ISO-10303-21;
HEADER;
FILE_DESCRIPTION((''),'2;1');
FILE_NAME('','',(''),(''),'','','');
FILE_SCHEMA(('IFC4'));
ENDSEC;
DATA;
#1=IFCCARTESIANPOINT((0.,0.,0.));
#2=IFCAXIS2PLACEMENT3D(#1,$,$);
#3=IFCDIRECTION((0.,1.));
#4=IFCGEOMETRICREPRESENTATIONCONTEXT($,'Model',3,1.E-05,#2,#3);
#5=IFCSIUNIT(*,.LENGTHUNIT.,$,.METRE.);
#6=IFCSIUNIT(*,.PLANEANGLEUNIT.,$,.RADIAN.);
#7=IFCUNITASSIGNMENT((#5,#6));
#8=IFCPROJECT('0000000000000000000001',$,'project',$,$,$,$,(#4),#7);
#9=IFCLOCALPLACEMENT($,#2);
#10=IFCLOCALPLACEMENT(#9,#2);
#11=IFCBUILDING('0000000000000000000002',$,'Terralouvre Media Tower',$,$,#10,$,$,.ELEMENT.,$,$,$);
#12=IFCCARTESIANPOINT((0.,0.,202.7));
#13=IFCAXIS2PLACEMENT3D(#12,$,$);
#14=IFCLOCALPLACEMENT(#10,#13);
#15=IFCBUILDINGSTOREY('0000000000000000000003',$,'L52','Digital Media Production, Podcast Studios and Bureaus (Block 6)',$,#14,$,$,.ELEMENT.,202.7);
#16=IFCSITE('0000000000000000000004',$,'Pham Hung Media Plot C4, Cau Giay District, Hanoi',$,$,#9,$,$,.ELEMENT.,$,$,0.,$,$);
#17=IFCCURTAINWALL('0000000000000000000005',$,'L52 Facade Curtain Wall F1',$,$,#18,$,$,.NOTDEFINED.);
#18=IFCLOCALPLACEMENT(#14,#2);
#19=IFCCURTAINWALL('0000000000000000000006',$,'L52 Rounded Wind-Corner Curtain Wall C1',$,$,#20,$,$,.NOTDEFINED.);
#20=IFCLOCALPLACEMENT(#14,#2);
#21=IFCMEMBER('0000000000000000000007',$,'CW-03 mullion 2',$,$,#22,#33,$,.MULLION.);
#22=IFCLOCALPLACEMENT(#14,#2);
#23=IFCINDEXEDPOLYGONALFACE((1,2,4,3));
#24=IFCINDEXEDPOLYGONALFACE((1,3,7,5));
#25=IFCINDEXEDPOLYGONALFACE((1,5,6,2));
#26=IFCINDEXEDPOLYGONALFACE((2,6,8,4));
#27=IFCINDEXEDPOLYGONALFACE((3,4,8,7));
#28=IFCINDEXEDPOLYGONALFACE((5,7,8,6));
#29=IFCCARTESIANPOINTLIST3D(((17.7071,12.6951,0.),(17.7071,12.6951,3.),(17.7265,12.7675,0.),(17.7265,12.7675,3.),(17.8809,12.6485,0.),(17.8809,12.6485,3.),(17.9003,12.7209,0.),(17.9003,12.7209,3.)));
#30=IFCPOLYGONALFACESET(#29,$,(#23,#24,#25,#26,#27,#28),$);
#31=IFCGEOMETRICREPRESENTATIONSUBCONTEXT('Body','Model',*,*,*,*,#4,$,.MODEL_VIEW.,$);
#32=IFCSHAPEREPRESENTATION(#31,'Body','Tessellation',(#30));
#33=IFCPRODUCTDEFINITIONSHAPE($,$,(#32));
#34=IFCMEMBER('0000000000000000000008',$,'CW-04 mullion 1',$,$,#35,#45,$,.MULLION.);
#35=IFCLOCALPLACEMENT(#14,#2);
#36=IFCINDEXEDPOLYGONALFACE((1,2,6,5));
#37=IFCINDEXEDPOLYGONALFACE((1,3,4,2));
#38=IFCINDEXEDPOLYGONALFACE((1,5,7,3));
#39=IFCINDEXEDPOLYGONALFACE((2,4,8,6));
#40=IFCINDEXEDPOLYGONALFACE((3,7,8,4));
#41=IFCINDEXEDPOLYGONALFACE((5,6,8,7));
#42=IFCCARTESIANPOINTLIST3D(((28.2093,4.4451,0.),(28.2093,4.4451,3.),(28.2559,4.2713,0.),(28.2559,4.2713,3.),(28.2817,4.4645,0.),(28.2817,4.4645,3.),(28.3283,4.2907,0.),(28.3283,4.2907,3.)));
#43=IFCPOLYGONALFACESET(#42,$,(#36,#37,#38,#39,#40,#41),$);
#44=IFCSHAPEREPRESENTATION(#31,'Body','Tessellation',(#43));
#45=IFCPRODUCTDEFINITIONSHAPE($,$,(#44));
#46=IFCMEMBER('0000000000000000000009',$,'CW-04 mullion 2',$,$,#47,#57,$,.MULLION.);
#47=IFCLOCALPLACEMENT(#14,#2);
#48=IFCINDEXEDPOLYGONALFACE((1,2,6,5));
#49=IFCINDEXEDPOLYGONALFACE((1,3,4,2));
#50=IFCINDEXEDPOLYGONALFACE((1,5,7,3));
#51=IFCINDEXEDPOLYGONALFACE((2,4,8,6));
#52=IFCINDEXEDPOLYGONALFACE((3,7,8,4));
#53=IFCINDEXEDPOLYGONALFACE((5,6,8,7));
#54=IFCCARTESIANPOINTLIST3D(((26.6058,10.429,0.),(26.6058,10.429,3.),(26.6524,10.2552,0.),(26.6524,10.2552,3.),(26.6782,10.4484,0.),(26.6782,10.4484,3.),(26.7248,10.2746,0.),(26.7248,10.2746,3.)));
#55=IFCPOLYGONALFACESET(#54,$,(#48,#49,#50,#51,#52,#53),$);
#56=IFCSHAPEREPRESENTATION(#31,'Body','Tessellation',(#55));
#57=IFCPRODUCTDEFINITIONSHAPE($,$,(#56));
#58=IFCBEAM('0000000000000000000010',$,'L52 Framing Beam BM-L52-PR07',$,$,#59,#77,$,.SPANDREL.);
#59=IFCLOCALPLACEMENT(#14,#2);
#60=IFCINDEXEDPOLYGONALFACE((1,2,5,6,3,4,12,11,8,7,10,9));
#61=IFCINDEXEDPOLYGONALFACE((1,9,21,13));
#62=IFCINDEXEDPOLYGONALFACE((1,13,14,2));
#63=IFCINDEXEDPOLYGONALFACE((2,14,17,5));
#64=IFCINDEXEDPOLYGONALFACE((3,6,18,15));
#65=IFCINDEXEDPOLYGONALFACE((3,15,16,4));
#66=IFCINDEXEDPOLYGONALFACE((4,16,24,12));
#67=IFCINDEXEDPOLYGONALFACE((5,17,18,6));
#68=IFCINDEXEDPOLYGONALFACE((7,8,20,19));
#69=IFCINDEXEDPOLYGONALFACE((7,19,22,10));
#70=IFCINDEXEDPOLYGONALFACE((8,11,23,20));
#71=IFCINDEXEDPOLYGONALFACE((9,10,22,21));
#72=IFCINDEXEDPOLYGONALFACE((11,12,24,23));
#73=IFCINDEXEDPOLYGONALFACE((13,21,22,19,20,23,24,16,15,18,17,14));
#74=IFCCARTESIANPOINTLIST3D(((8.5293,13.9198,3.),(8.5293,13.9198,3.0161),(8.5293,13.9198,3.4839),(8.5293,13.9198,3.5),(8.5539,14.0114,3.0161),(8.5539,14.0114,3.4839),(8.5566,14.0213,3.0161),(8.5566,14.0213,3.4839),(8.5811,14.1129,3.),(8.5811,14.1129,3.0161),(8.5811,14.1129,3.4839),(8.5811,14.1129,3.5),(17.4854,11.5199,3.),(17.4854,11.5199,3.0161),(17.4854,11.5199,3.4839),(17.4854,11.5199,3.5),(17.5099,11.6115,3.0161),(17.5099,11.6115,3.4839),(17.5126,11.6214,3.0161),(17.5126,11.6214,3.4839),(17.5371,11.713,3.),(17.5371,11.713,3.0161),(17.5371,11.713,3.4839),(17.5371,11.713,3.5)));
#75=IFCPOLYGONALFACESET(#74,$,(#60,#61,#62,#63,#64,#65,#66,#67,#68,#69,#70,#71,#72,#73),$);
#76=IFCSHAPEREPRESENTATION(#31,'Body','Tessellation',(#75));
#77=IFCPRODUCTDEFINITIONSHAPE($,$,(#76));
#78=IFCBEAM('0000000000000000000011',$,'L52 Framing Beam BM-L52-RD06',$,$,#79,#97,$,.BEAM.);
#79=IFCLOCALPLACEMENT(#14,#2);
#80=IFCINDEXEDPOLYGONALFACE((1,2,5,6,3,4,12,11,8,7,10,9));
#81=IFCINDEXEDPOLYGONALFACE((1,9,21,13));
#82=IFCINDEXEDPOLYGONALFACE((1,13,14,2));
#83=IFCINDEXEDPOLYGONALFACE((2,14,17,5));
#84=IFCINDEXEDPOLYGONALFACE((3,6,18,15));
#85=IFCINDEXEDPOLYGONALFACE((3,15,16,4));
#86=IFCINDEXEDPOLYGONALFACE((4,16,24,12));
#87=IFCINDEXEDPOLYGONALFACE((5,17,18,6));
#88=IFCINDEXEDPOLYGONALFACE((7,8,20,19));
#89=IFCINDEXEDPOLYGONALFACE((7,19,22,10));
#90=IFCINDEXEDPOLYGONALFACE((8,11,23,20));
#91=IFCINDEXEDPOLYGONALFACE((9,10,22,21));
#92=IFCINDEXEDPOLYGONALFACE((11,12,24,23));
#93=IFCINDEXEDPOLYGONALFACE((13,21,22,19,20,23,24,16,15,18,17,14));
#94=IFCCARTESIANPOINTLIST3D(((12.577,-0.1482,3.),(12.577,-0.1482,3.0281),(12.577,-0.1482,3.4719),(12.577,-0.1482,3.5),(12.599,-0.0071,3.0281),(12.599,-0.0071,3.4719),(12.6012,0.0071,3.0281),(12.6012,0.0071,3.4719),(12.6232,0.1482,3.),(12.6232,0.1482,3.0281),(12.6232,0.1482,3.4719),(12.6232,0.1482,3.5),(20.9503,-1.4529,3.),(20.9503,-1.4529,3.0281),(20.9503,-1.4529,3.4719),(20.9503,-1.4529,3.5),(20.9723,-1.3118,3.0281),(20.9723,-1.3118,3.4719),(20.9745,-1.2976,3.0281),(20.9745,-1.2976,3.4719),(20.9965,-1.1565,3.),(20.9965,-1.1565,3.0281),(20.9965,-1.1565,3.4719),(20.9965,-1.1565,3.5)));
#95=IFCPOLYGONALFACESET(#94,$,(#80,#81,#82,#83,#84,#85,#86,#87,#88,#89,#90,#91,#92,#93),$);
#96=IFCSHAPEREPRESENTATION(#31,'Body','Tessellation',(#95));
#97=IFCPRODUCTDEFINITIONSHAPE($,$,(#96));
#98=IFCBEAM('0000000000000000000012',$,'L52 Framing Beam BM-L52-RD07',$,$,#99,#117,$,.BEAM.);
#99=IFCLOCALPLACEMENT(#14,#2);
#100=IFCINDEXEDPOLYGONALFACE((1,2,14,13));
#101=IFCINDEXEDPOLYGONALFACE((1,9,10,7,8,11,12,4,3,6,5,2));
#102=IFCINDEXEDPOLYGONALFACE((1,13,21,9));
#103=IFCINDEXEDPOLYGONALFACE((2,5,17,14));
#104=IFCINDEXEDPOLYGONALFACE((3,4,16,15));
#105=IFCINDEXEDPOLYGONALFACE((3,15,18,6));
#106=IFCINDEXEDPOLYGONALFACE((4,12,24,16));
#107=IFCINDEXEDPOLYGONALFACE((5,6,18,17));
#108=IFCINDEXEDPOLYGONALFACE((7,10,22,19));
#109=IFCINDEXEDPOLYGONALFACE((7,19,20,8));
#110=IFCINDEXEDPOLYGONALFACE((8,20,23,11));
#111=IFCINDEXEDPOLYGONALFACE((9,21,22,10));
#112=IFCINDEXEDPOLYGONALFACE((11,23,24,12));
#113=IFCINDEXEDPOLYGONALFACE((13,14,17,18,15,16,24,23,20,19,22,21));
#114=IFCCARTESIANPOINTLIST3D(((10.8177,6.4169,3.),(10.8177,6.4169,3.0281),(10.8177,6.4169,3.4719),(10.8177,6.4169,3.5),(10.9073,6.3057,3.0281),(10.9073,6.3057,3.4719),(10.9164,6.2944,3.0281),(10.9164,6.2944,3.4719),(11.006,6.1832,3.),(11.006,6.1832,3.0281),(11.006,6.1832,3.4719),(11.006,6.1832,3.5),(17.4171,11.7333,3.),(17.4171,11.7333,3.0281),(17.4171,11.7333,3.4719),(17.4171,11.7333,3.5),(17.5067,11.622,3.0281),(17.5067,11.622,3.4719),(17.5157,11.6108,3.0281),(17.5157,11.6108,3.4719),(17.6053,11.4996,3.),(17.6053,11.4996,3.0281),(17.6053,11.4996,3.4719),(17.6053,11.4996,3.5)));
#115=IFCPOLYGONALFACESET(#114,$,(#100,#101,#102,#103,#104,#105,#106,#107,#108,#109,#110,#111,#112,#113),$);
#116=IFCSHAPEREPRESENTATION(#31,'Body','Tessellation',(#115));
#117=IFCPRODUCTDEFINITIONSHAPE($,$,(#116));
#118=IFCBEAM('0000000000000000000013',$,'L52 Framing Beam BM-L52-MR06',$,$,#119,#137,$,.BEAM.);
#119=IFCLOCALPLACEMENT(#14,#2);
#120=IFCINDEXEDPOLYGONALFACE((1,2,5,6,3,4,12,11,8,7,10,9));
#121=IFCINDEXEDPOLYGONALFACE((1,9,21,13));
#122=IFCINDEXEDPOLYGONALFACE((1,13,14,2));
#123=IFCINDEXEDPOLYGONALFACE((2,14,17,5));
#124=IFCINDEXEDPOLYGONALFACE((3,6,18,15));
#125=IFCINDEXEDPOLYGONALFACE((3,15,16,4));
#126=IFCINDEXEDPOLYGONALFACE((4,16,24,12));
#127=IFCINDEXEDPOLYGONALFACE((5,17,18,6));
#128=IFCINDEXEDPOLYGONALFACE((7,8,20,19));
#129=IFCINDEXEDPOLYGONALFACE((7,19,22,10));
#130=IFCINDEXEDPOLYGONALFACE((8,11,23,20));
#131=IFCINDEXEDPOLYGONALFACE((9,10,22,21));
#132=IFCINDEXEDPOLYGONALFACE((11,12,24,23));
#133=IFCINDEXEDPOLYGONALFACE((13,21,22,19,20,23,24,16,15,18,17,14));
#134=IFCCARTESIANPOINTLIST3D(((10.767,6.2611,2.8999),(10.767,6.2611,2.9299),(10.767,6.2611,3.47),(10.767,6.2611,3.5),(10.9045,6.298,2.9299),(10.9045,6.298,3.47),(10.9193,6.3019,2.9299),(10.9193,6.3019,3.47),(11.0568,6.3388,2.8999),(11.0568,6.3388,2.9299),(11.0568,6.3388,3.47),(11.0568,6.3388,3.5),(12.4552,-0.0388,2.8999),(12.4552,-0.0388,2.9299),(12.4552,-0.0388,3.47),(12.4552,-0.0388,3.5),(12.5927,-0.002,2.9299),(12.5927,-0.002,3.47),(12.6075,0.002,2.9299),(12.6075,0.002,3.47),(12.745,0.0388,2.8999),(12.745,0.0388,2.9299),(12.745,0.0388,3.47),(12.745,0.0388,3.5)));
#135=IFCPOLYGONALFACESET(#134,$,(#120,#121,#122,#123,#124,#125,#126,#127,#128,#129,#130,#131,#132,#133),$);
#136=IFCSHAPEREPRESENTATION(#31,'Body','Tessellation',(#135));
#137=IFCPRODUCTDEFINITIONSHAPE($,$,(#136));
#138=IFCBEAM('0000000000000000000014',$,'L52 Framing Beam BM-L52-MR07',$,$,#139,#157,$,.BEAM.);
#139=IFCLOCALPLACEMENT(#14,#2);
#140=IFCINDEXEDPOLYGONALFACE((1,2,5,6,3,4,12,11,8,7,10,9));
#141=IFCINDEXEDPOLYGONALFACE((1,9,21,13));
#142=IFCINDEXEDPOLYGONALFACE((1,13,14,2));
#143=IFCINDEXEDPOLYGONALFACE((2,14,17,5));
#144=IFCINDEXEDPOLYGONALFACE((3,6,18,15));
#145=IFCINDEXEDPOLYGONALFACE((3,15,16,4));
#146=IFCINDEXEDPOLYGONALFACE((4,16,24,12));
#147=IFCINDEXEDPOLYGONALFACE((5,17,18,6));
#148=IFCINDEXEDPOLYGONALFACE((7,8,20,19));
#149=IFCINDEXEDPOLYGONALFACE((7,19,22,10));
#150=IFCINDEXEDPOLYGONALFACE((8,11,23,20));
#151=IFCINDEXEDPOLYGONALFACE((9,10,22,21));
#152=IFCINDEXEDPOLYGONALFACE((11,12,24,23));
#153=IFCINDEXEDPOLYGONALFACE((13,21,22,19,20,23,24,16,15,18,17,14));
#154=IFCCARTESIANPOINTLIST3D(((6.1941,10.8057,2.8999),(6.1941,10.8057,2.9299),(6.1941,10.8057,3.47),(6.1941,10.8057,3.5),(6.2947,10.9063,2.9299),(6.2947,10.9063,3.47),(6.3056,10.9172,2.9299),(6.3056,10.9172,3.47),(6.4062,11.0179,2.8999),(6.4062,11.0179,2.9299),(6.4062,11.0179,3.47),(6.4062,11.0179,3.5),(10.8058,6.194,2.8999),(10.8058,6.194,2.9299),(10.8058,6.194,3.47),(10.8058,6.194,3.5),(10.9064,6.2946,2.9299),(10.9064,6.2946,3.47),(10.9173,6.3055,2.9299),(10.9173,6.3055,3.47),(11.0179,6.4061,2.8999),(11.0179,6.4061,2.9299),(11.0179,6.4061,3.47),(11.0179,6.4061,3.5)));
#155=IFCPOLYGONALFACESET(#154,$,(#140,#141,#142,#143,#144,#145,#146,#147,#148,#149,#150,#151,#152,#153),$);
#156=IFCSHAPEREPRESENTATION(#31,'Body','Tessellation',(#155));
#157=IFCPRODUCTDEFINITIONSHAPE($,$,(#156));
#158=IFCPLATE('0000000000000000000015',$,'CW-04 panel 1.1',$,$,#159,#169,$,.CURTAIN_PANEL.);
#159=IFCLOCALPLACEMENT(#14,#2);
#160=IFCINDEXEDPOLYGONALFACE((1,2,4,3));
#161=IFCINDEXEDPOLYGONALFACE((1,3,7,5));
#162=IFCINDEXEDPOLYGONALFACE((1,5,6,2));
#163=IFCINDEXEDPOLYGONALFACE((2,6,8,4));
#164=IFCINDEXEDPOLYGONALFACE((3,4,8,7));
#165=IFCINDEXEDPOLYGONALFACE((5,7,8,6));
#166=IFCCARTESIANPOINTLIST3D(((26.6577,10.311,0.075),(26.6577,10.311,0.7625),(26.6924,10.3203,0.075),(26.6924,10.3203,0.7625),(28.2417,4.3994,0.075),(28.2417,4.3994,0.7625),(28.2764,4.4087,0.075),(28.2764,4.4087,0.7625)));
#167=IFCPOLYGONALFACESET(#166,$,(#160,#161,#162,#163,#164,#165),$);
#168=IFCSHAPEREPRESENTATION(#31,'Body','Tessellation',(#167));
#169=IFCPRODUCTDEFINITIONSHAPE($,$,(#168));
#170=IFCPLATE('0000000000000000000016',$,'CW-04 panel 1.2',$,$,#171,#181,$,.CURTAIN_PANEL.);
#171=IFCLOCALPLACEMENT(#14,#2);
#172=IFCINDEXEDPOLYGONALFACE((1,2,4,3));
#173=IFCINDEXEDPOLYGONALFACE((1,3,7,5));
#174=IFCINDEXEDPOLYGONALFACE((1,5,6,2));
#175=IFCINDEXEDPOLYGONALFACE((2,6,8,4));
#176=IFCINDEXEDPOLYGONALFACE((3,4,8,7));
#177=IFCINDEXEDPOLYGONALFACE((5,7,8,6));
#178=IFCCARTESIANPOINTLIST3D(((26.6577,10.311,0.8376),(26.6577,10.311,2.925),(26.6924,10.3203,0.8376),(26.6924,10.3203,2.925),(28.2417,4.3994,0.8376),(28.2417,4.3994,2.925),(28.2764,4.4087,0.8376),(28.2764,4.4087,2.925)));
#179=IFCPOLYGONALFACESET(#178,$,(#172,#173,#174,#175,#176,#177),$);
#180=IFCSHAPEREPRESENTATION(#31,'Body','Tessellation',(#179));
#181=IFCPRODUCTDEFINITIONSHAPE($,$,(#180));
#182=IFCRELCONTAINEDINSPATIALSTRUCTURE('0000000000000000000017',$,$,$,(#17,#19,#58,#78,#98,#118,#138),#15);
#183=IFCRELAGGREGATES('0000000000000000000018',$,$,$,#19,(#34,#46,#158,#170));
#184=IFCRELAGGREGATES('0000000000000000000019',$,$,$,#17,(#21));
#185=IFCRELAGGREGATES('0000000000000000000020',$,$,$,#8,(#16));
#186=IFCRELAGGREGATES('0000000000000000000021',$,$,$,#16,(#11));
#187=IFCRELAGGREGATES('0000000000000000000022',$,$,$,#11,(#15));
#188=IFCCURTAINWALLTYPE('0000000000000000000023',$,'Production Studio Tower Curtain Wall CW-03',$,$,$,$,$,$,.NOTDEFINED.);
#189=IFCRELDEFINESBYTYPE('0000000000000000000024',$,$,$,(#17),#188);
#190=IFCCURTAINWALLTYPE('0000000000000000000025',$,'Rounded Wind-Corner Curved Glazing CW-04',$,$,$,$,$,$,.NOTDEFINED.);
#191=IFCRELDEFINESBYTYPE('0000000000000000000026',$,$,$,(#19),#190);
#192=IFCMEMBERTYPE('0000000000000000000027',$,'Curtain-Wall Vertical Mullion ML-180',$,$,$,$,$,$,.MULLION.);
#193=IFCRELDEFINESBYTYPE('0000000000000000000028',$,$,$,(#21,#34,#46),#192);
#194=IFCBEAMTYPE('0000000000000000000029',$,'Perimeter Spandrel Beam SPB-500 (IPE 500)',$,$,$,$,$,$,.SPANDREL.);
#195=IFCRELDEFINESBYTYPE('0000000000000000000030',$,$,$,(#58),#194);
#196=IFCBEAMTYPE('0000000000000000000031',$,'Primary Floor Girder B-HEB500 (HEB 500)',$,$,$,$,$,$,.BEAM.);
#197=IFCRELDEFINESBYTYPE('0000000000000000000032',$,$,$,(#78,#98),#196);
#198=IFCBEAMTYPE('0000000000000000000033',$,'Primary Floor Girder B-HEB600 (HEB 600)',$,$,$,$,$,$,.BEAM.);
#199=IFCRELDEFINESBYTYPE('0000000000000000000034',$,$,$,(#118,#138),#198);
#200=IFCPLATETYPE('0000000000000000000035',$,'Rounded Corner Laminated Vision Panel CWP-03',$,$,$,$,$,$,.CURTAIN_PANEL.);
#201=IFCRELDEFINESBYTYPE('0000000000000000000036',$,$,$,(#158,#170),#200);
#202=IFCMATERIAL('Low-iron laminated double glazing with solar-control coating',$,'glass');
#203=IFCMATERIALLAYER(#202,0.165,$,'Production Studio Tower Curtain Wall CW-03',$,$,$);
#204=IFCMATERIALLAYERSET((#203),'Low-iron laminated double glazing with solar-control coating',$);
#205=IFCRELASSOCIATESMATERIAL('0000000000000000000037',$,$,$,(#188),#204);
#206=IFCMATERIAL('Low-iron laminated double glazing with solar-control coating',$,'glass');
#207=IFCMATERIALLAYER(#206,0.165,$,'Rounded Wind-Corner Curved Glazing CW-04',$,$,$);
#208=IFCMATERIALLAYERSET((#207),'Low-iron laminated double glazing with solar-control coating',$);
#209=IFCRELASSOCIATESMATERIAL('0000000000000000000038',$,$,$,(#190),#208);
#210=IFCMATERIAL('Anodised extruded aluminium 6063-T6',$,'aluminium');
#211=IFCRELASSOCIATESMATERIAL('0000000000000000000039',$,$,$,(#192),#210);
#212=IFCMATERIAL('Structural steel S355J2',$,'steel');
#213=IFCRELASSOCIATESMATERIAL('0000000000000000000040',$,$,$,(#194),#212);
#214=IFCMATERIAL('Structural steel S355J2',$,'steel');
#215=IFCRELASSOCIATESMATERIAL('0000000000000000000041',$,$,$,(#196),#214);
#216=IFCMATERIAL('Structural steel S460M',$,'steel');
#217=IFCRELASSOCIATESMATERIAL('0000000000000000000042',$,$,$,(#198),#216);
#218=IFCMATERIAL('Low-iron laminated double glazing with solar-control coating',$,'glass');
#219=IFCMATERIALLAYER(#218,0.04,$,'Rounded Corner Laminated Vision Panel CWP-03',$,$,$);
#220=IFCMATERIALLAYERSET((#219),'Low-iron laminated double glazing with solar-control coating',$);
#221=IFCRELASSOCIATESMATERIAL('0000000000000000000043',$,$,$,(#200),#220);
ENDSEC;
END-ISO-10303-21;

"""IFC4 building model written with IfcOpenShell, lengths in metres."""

from ifc_helpers import new_model, si_unit, direction, frame, origin, origin_2d, place, context, subcontext, project, spatial, rectangle, i_section, extrude, material, layer, layer_set, material_profile, profile_set, type_object, element, aggregate, save


model = new_model("IFC4")

# Units and contexts
model_context = context("Model", 3, precision=1e-05, world=origin(), true_north=direction((0.0, 1.0)))
body_context = subcontext(model_context, "Body", "Model", "MODEL_VIEW")
ifc_project = project(units=[si_unit("LENGTHUNIT", "METRE"), si_unit("PLANEANGLEUNIT", "RADIAN")], contexts=[model_context])

# Site, building, storey
site_placement = place(None, origin())
site = spatial("IfcSite", under=ifc_project, at=site_placement, Name="Pham Hung Media Plot C4, Cau Giay District, Hanoi", CompositionType="ELEMENT", RefElevation=0.0)
building_placement = place(site_placement, origin())
building = spatial("IfcBuilding", under=site, at=building_placement, Name="Terralouvre Media Tower", CompositionType="ELEMENT")
storey_placement = place(building_placement, frame((0.0, 0.0, 202.7)))
storey = spatial("IfcBuildingStorey", under=building, at=storey_placement, Name="L52", Description="Digital Media Production, Podcast Studios and Bureaus (Block 6)", CompositionType="ELEMENT", Elevation=202.7)

# Curtain walls
ifc_material_1 = material(Name="Low-iron laminated double glazing with solar-control coating", Category="glass")
ifc_layer_1 = layer(ifc_material_1, 0.165, Name="Production Studio Tower Curtain Wall CW-03")
ifc_layer_set_1 = layer_set([ifc_layer_1], Name="Low-iron laminated double glazing with solar-control coating")
curtain_wall_type_1 = type_object("IfcCurtainWallType", Name="Production Studio Tower Curtain Wall CW-03", PredefinedType="NOTDEFINED", material=ifc_layer_set_1)
curtain_wall_1_placement = place(storey_placement, origin())
curtain_wall_1 = element("IfcCurtainWall", 1, at=curtain_wall_1_placement, inside=storey, type_object=curtain_wall_type_1, Name="L52 Facade Curtain Wall F1", PredefinedType="NOTDEFINED")
ifc_material_2 = material(Name="Low-iron laminated double glazing with solar-control coating", Category="glass")
ifc_layer_2 = layer(ifc_material_2, 0.165, Name="Rounded Wind-Corner Curved Glazing CW-04")
ifc_layer_set_2 = layer_set([ifc_layer_2], Name="Low-iron laminated double glazing with solar-control coating")
curtain_wall_type_2 = type_object("IfcCurtainWallType", Name="Rounded Wind-Corner Curved Glazing CW-04", PredefinedType="NOTDEFINED", material=ifc_layer_set_2)
curtain_wall_2_placement = place(storey_placement, origin())
curtain_wall_2 = element("IfcCurtainWall", 2, at=curtain_wall_2_placement, inside=storey, type_object=curtain_wall_type_2, Name="L52 Rounded Wind-Corner Curtain Wall C1", PredefinedType="NOTDEFINED")

# Shared definitions
ifc_material_3 = material(Name="Anodised extruded aluminium 6063-T6", Category="aluminium")
ifc_material_profile_1 = material_profile(ifc_material_3, rectangle(XDim=0.075, YDim=0.1799, at=origin_2d()), Name="ALU 75x180")
ifc_profile_set_1 = profile_set([ifc_material_profile_1], Name="Anodised extruded aluminium 6063-T6")
member_type_1 = type_object("IfcMemberType", Name="Curtain-Wall Vertical Mullion ML-180", PredefinedType="MULLION", material=ifc_profile_set_1)

# Members
member_1_placement = place(storey_placement, frame((17.8037, 12.708, 0.0), z_axis=(0.0, 0.0, 1.0), x_axis=(-0.258819, -0.965926, 0.0)))
member_1 = element("IfcMember", 3, at=member_1_placement, type_object=member_type_1, Name="CW-03 mullion 2", PredefinedType="MULLION", context=body_context, shape_type="SweptSolid", body=[
    extrude(rectangle(XDim=0.075, YDim=0.1799, at=origin_2d()), origin(), (0.0, 0.0, 1.0), 3.0),
])
member_2_placement = place(storey_placement, frame((28.2688, 4.3679, 0.0), z_axis=(0.0, 0.0, 1.0), x_axis=(-0.965926, -0.258819, 0.0)))
member_2 = element("IfcMember", 4, at=member_2_placement, type_object=member_type_1, Name="CW-04 mullion 1", PredefinedType="MULLION", context=body_context, shape_type="SweptSolid", body=[
    extrude(rectangle(XDim=0.075, YDim=0.1799, at=origin_2d()), origin(), (0.0, 0.0, 1.0), 3.0),
])
member_3_placement = place(storey_placement, frame((26.6653, 10.3518, 0.0), z_axis=(0.0, 0.0, 1.0), x_axis=(-0.965926, -0.258819, 0.0)))
member_3 = element("IfcMember", 5, at=member_3_placement, type_object=member_type_1, Name="CW-04 mullion 2", PredefinedType="MULLION", context=body_context, shape_type="SweptSolid", body=[
    extrude(rectangle(XDim=0.075, YDim=0.1799, at=origin_2d()), origin(), (0.0, 0.0, 1.0), 3.0),
])

# Beams
ifc_material_4 = material(Name="Structural steel S355J2", Category="steel")
ifc_material_profile_2 = material_profile(ifc_material_4, i_section(OverallWidth=0.2, OverallDepth=0.5, WebThickness=0.0103, FlangeThickness=0.0161, at=origin_2d()), Name="IPE 500")
ifc_profile_set_2 = profile_set([ifc_material_profile_2], Name="Structural steel S355J2")
beam_type_1 = type_object("IfcBeamType", Name="Perimeter Spandrel Beam SPB-500 (IPE 500)", PredefinedType="SPANDREL", material=ifc_profile_set_2)
beam_1_placement = place(storey_placement, frame((17.5112, 11.6165, 3.25), z_axis=(-0.965922, 0.258833, 0.0), x_axis=(-0.258833, -0.965922, 0.0)))
element("IfcBeam", 6, at=beam_1_placement, inside=storey, type_object=beam_type_1, Name="L52 Framing Beam BM-L52-PR07", PredefinedType="SPANDREL", context=body_context, shape_type="SweptSolid", body=[
    extrude(i_section(OverallWidth=0.2, OverallDepth=0.5, WebThickness=0.0103, FlangeThickness=0.0161, at=origin_2d()), origin(), (0.0, 0.0, 1.0), 9.272),
])
ifc_material_5 = material(Name="Structural steel S355J2", Category="steel")
ifc_material_profile_3 = material_profile(ifc_material_5, i_section(OverallWidth=0.3, OverallDepth=0.5, WebThickness=0.0144, FlangeThickness=0.0281, at=origin_2d()), Name="HEB 500")
ifc_profile_set_3 = profile_set([ifc_material_profile_3], Name="Structural steel S355J2")
beam_type_2 = type_object("IfcBeamType", Name="Primary Floor Girder B-HEB500 (HEB 500)", PredefinedType="BEAM", material=ifc_profile_set_3)
for number, where, z_axis, x_axis, name in (
    (7, (12.6001, 0.0, 3.25), (0.988077, -0.153958, 0.0), (0.153958, 0.988077, 0.0), "L52 Framing Beam BM-L52-RD06"),
    (8, (10.9119, 6.3, 3.25), (0.778739, 0.627347, 0.0), (-0.627347, 0.778739, 0.0), "L52 Framing Beam BM-L52-RD07"),
):
    element("IfcBeam", number, at=place(storey_placement, frame(where, z_axis=z_axis, x_axis=x_axis)), inside=storey, type_object=beam_type_2, Name=name, PredefinedType="BEAM", context=body_context, shape_type="SweptSolid", body=[
        extrude(i_section(OverallWidth=0.3, OverallDepth=0.5, WebThickness=0.0144, FlangeThickness=0.0281, at=origin_2d()), origin(), (0.0, 0.0, 1.0), 8.4744),
    ])
ifc_material_6 = material(Name="Structural steel S460M", Category="steel")
ifc_material_profile_4 = material_profile(ifc_material_6, i_section(OverallWidth=0.3, OverallDepth=0.6001, WebThickness=0.0154, FlangeThickness=0.03, at=origin_2d()), Name="HEB 600")
ifc_profile_set_4 = profile_set([ifc_material_profile_4], Name="Structural steel S460M")
beam_type_3 = type_object("IfcBeamType", Name="Primary Floor Girder B-HEB600 (HEB 600)", PredefinedType="BEAM", material=ifc_profile_set_4)
beam_2_placement = place(storey_placement, frame((12.6001, 0.0, 3.2), z_axis=(-0.258839, 0.96592, 0.0), x_axis=(-0.96592, -0.258839, 0.0)))
element("IfcBeam", 9, at=beam_2_placement, inside=storey, type_object=beam_type_3, Name="L52 Framing Beam BM-L52-MR06", PredefinedType="BEAM", context=body_context, shape_type="SweptSolid", body=[
    extrude(i_section(OverallWidth=0.3, OverallDepth=0.6001, WebThickness=0.0154, FlangeThickness=0.03, at=origin_2d()), origin(), (0.0, 0.0, 1.0), 6.5222),
])
beam_3_placement = place(storey_placement, frame((10.9119, 6.3, 3.2), z_axis=(-0.707107, 0.707107, 0.0), x_axis=(-0.707107, -0.707107, 0.0)))
element("IfcBeam", 10, at=beam_3_placement, inside=storey, type_object=beam_type_3, Name="L52 Framing Beam BM-L52-MR07", PredefinedType="BEAM", context=body_context, shape_type="SweptSolid", body=[
    extrude(i_section(OverallWidth=0.3, OverallDepth=0.6001, WebThickness=0.0154, FlangeThickness=0.03, at=origin_2d()), origin(), (0.0, 0.0, 1.0), 6.522),
])

# Plates
ifc_material_7 = material(Name="Low-iron laminated double glazing with solar-control coating", Category="glass")
ifc_layer_3 = layer(ifc_material_7, 0.04, Name="Rounded Corner Laminated Vision Panel CWP-03")
ifc_layer_set_3 = layer_set([ifc_layer_3], Name="Low-iron laminated double glazing with solar-control coating")
plate_type_1 = type_object("IfcPlateType", Name="Rounded Corner Laminated Vision Panel CWP-03", PredefinedType="CURTAIN_PANEL", material=ifc_layer_set_3)
plate_1_placement = place(storey_placement, frame((27.467, 7.3599, 0.075), z_axis=(0.0, 0.0, 1.0), x_axis=(-0.258819, 0.965926, 0.0)))
plate_1 = element("IfcPlate", 11, at=plate_1_placement, type_object=plate_type_1, Name="CW-04 panel 1.1", PredefinedType="CURTAIN_PANEL", context=body_context, shape_type="SweptSolid", body=[
    extrude(rectangle(XDim=6.1201, YDim=0.0359, at=origin_2d()), origin(), (0.0, 0.0, 1.0), 0.6875),
])
plate_2_placement = place(storey_placement, frame((27.467, 7.3599, 0.8376), z_axis=(0.0, 0.0, 1.0), x_axis=(-0.258819, 0.965926, 0.0)))
plate_2 = element("IfcPlate", 12, at=plate_2_placement, type_object=plate_type_1, Name="CW-04 panel 1.2", PredefinedType="CURTAIN_PANEL", context=body_context, shape_type="SweptSolid", body=[
    extrude(rectangle(XDim=6.1201, YDim=0.0359, at=origin_2d()), origin(), (0.0, 0.0, 1.0), 2.0874),
])
aggregate(curtain_wall_2, [member_2, member_3, plate_1, plate_2])
aggregate(curtain_wall_1, [member_1])

save(model, "model.ifc")
